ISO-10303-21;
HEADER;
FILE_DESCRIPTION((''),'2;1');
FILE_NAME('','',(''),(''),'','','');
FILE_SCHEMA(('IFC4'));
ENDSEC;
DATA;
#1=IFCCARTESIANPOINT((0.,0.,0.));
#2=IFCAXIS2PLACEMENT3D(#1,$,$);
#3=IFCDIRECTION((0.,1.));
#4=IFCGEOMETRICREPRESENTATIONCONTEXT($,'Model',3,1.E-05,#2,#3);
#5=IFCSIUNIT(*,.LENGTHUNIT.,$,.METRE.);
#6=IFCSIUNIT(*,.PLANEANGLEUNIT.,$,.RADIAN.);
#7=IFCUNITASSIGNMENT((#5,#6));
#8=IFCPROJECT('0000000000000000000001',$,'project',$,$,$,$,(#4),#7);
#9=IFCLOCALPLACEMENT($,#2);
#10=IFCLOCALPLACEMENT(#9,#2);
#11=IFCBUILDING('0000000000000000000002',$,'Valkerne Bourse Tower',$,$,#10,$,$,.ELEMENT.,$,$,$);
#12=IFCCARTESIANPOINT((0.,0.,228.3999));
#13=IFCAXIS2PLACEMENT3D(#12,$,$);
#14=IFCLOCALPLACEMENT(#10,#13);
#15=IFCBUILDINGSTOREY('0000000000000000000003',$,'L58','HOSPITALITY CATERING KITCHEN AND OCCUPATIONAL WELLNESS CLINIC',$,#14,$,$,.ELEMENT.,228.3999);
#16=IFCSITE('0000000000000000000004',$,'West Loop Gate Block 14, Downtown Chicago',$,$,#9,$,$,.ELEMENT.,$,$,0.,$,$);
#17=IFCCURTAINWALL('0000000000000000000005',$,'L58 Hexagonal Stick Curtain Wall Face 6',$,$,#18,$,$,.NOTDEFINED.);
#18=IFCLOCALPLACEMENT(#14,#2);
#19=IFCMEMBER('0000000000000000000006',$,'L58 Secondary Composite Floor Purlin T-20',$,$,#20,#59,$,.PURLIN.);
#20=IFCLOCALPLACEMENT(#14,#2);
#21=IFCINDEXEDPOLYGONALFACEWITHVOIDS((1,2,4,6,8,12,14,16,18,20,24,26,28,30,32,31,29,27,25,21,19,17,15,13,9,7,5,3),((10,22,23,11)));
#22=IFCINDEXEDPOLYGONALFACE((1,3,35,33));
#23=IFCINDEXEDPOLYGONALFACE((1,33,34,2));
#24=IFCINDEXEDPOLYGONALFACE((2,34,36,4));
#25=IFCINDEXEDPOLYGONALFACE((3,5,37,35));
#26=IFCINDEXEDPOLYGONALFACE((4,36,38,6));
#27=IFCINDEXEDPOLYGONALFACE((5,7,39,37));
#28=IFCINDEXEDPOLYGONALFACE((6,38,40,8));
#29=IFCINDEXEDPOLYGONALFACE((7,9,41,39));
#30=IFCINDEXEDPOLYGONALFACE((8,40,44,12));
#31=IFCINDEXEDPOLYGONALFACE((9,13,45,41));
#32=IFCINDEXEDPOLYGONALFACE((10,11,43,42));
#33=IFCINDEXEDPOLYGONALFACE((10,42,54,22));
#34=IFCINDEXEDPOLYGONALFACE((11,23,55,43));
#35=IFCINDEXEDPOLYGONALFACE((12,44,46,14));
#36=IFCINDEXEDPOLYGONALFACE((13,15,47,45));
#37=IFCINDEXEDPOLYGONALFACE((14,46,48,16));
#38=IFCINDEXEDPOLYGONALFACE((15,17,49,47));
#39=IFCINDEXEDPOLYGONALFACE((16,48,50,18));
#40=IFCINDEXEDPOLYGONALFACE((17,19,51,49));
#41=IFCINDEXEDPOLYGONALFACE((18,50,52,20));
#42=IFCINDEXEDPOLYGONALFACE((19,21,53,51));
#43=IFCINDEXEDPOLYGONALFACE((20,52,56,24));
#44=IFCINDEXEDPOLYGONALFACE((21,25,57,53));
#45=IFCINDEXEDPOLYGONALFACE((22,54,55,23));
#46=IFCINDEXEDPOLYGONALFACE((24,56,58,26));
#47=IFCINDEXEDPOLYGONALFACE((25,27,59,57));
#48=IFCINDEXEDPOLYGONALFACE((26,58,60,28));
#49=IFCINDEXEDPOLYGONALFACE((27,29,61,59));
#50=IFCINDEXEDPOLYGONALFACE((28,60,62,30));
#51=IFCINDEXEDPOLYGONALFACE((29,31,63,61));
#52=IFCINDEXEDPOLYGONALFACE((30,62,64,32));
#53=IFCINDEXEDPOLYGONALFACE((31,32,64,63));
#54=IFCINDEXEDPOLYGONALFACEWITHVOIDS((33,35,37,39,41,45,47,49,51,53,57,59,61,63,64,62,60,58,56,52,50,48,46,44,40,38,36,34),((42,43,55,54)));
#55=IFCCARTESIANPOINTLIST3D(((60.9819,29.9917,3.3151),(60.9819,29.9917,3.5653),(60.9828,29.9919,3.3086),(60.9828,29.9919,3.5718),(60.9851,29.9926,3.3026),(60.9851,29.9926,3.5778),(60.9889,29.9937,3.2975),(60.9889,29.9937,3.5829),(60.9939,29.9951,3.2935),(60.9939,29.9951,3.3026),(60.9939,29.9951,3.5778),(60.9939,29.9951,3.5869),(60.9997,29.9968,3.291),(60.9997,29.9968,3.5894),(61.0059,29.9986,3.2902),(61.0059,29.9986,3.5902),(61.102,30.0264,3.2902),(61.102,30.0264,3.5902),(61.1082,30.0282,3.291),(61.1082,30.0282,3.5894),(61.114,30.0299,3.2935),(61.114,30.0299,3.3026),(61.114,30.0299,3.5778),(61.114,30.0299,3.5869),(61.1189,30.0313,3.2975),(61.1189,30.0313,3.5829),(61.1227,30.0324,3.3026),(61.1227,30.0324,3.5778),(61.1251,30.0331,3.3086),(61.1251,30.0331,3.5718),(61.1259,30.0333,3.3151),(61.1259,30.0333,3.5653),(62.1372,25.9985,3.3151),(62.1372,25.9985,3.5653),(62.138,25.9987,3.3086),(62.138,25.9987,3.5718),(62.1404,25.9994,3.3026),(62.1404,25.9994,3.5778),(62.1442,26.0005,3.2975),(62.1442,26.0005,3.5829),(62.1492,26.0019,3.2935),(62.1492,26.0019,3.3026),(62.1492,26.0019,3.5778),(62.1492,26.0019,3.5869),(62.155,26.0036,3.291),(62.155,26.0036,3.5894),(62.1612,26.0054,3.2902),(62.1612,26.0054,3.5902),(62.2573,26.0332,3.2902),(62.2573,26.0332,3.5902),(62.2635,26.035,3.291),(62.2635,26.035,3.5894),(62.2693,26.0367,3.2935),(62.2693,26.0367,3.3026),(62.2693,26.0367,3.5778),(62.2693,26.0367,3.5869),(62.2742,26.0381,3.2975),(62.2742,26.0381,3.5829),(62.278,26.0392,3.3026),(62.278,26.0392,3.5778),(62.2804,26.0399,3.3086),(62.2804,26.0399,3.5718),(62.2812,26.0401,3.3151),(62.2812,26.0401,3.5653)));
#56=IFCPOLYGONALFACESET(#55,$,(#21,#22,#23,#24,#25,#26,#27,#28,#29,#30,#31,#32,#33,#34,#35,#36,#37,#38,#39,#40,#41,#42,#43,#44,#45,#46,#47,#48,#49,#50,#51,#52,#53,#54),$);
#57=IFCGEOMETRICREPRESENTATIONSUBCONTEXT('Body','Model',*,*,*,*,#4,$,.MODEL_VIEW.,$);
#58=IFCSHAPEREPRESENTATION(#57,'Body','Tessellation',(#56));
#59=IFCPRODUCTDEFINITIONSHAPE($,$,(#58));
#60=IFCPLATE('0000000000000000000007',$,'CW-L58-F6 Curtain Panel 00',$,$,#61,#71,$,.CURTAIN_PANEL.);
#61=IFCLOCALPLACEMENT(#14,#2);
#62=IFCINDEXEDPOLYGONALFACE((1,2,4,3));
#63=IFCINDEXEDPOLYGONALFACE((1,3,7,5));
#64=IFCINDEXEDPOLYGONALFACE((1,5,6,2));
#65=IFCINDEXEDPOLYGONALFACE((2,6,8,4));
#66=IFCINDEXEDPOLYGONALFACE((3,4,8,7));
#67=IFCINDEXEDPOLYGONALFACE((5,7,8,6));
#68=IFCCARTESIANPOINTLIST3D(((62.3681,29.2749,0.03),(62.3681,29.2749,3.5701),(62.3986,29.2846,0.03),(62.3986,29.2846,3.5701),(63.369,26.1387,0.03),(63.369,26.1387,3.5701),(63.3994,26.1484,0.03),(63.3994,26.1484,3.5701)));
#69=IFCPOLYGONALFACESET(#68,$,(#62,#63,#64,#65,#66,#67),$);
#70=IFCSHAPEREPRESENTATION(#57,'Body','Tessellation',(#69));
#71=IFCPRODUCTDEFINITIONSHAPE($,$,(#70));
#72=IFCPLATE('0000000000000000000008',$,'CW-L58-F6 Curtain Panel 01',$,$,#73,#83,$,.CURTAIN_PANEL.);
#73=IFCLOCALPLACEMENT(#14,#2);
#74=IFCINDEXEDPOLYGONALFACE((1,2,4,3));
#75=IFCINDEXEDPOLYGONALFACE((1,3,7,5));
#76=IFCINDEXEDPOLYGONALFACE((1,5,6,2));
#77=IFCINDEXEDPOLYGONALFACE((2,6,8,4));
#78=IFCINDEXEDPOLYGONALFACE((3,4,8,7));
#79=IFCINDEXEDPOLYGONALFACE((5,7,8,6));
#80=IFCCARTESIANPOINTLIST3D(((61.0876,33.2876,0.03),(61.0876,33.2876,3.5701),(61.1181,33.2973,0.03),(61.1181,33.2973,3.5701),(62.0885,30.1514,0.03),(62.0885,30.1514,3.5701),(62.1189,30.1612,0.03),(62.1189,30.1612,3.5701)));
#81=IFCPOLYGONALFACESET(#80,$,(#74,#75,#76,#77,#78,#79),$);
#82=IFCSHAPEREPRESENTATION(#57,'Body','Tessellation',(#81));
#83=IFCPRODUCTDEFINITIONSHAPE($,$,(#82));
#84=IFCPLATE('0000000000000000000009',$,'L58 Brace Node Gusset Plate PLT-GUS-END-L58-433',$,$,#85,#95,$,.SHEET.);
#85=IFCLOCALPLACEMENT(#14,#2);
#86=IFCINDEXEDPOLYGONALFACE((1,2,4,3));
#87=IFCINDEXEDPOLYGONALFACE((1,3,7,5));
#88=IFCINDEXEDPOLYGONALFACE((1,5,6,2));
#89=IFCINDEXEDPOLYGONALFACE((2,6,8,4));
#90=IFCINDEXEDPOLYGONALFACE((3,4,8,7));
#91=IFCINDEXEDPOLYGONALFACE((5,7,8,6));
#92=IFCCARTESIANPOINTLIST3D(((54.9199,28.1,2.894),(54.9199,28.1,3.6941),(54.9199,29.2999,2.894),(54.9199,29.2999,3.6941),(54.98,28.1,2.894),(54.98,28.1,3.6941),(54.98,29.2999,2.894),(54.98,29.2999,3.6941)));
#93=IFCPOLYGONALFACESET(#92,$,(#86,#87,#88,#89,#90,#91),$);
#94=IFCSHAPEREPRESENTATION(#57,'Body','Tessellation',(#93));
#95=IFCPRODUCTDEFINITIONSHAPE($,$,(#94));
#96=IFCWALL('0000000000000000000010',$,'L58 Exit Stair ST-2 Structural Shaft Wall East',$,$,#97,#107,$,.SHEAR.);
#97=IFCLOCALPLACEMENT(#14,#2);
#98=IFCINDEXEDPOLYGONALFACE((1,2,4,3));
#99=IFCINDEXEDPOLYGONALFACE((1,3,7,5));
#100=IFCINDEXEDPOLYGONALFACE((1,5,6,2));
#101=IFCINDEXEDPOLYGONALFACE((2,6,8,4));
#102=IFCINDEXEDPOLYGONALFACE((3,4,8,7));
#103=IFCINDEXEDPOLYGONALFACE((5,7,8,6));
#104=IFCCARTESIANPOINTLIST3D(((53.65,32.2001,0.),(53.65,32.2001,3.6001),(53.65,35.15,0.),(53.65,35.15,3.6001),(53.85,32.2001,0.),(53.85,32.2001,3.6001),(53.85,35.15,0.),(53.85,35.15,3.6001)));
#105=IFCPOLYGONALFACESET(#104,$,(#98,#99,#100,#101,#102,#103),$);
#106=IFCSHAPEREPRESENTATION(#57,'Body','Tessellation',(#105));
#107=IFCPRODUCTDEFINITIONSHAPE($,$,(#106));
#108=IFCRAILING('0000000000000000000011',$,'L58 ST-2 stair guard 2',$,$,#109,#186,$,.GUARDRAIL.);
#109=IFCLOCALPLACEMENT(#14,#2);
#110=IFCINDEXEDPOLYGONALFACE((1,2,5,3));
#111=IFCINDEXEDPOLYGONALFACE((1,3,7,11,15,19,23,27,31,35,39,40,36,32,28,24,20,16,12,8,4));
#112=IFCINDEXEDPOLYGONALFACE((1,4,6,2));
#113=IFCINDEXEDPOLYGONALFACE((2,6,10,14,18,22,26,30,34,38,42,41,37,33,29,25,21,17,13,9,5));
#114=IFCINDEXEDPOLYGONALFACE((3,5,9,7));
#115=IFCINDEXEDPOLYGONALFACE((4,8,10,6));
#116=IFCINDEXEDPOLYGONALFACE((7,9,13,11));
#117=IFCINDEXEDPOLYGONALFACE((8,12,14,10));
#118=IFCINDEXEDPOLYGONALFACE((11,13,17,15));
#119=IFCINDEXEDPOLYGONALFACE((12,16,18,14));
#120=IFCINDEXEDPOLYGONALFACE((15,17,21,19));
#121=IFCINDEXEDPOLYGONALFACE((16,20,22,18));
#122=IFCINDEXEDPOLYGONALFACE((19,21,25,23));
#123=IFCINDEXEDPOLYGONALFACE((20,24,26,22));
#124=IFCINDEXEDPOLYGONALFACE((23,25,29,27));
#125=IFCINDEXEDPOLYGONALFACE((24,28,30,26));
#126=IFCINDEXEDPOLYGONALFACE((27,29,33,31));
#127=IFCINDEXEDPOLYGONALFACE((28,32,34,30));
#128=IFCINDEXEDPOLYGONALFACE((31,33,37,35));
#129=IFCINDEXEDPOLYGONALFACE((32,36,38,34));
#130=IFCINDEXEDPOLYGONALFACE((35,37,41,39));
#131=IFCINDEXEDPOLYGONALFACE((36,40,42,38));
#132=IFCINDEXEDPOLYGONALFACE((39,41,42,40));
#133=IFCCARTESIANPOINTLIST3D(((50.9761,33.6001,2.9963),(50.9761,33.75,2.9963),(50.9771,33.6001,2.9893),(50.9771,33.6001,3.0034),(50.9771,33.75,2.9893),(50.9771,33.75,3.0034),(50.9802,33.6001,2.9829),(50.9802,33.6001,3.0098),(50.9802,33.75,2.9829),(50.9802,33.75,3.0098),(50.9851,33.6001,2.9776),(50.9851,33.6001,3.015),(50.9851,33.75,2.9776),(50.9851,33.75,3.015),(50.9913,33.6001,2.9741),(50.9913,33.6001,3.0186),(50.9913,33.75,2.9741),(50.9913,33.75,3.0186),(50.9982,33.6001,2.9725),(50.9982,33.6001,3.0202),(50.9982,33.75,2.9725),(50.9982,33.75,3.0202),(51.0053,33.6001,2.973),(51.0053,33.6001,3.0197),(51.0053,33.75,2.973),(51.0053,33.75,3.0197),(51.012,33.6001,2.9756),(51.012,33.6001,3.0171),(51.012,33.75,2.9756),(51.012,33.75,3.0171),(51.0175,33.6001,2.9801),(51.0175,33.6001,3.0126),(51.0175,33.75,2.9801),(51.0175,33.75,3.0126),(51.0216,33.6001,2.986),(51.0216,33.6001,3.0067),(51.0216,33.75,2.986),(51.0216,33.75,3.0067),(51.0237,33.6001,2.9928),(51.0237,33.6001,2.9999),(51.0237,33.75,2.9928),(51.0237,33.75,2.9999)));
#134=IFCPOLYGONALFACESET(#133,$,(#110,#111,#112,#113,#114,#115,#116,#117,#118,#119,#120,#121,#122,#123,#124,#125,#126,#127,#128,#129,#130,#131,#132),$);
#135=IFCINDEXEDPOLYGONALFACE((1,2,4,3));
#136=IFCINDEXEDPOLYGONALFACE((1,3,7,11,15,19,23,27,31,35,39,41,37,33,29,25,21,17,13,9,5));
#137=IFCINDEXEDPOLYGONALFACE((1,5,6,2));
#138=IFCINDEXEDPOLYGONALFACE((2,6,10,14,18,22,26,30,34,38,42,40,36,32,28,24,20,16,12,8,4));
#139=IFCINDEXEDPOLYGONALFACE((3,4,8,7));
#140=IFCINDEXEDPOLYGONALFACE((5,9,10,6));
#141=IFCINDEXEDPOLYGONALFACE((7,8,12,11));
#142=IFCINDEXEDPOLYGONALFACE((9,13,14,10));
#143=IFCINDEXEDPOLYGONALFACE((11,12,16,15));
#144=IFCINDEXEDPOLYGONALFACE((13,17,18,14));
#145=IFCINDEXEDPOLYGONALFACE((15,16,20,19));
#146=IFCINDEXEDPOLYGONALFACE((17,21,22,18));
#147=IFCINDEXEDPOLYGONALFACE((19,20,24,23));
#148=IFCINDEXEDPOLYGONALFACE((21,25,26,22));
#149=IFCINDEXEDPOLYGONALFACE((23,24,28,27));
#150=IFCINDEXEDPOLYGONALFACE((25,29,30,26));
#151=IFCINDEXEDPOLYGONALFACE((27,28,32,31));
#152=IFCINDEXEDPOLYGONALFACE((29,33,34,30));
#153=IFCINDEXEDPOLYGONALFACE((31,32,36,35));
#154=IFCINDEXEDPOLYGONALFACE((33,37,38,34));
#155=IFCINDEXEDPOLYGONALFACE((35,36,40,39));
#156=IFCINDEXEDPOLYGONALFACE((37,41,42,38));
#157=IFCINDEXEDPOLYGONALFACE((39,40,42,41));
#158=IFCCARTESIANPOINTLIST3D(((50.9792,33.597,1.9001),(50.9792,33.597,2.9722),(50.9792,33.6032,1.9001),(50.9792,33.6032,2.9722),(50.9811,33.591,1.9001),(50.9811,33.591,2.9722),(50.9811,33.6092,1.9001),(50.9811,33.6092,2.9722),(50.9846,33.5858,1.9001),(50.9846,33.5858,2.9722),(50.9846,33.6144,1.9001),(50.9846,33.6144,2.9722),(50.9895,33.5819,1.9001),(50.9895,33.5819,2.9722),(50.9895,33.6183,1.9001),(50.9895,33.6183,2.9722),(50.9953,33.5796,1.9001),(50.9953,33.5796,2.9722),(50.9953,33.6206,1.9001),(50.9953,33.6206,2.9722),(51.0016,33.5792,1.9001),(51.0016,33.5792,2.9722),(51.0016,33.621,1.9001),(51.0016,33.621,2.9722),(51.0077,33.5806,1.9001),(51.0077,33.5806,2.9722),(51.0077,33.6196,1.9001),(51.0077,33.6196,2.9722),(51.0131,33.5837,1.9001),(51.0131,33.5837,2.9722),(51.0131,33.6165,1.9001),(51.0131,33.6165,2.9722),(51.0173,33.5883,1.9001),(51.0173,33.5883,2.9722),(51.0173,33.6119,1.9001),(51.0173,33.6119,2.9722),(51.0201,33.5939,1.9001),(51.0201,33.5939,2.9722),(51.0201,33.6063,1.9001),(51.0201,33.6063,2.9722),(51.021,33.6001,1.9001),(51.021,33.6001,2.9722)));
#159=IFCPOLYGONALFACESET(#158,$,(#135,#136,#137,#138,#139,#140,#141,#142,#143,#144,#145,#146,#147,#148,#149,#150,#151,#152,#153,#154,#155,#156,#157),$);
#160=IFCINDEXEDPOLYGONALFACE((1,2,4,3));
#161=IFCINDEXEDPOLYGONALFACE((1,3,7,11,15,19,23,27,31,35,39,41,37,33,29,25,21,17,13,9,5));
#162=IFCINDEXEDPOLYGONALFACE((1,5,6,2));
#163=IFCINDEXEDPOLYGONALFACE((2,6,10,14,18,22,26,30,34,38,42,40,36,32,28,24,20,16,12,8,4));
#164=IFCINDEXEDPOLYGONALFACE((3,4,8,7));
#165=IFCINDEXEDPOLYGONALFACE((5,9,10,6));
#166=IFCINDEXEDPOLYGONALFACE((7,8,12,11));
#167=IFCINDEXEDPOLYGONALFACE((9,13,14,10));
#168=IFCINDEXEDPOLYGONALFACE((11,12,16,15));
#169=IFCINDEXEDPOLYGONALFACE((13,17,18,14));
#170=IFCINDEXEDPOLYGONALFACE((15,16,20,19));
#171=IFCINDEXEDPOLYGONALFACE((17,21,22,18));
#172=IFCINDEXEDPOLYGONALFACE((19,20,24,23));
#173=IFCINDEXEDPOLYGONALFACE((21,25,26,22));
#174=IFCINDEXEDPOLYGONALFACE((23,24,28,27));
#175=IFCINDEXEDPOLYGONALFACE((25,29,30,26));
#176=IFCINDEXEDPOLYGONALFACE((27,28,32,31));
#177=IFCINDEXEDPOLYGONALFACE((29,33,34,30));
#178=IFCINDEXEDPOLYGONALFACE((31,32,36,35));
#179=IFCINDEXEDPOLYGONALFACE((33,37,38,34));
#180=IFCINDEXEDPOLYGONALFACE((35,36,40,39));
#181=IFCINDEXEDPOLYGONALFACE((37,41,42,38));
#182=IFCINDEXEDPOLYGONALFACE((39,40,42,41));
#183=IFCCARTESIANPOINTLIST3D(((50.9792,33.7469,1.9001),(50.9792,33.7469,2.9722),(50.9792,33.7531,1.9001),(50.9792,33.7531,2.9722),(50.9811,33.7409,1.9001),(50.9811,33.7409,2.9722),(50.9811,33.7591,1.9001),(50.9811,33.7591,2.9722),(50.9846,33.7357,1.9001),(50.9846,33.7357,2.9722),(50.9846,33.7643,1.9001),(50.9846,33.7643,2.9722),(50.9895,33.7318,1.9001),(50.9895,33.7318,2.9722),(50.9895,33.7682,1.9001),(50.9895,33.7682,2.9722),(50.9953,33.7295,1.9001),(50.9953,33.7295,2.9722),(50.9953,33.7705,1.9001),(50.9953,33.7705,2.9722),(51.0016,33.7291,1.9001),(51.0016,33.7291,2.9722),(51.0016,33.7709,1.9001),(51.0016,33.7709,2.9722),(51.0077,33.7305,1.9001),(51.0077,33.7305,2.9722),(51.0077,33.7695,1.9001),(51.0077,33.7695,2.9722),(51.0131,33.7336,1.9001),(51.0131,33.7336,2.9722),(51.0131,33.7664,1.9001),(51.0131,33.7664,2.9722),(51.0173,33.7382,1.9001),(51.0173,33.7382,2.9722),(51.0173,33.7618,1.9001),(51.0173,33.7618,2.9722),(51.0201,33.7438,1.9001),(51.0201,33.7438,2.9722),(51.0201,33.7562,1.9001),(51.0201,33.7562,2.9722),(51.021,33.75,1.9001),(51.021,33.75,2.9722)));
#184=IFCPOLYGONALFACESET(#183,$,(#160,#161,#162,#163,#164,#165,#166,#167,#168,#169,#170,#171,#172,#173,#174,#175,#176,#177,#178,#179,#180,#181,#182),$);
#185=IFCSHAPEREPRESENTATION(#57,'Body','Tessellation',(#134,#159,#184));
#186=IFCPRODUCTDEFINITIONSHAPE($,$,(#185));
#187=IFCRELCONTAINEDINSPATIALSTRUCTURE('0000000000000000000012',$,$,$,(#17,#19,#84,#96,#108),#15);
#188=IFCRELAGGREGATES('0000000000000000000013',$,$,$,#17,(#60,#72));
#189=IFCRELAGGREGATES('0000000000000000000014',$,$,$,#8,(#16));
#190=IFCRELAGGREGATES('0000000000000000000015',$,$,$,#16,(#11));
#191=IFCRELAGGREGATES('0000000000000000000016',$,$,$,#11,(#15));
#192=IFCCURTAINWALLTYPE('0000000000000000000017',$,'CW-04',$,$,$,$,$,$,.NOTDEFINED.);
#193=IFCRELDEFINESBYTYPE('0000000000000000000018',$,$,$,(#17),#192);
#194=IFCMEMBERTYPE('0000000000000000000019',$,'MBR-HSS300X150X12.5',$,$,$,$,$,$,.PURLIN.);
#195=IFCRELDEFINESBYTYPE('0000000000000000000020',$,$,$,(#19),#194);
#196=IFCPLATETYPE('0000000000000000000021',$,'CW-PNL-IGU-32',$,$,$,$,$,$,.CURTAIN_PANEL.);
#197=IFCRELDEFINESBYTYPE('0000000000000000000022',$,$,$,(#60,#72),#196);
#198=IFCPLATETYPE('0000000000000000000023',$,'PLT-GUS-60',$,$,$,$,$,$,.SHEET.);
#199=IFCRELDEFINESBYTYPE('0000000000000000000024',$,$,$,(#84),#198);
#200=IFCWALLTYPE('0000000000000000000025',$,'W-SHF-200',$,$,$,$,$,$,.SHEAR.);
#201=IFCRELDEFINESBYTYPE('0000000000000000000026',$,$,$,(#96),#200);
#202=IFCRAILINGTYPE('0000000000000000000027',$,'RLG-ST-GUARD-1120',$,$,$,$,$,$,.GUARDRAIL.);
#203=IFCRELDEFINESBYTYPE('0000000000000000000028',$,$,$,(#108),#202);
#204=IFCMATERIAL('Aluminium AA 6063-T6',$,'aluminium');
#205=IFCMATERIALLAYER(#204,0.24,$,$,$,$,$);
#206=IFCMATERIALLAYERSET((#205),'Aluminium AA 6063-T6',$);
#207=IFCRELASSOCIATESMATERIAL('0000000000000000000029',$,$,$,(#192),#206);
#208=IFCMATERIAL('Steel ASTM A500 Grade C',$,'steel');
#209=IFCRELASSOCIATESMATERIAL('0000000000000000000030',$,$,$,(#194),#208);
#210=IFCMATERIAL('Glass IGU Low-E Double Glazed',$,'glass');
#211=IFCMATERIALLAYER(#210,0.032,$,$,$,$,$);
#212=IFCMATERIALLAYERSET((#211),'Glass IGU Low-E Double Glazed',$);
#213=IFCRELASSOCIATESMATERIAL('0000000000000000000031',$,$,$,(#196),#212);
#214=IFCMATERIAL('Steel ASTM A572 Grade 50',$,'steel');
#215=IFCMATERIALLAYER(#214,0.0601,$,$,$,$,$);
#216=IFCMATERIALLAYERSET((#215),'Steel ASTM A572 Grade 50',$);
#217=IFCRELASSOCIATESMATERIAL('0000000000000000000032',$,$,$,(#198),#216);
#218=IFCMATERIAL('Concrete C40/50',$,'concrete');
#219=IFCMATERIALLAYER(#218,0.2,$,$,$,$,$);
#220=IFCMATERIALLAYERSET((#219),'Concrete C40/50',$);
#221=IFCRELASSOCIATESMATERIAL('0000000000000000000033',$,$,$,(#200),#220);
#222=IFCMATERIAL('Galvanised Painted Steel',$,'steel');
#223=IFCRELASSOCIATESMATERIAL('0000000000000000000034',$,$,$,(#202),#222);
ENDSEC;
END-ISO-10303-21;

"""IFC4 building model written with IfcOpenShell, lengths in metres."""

from ifc_helpers import new_model, si_unit, direction, frame, frame_2d, origin, origin_2d, place, context, subcontext, project, spatial, rectangle, hollow_rectangle, circle, extrude, material, layer, layer_set, material_profile, profile_set, type_object, element, aggregate, save


model = new_model("IFC4")

# Units and contexts
model_context = context("Model", 3, precision=1e-05, world=origin(), true_north=direction((0.0, 1.0)))
body_context = subcontext(model_context, "Body", "Model", "MODEL_VIEW")
ifc_project = project(units=[si_unit("LENGTHUNIT", "METRE"), si_unit("PLANEANGLEUNIT", "RADIAN")], contexts=[model_context])

# Site, building, storey
site_placement = place(None, origin())
site = spatial("IfcSite", under=ifc_project, at=site_placement, Name="West Loop Gate Block 14, Downtown Chicago", CompositionType="ELEMENT", RefElevation=0.0)
building_placement = place(site_placement, origin())
building = spatial("IfcBuilding", under=site, at=building_placement, Name="Valkerne Bourse Tower", CompositionType="ELEMENT")
storey_placement = place(building_placement, frame((0.0, 0.0, 228.3999)))
storey = spatial("IfcBuildingStorey", under=building, at=storey_placement, Name="L58", Description="HOSPITALITY CATERING KITCHEN AND OCCUPATIONAL WELLNESS CLINIC", CompositionType="ELEMENT", Elevation=228.3999)

# Curtain wall
ifc_material_1 = material(Name="Aluminium AA 6063-T6", Category="aluminium")
ifc_layer_1 = layer(ifc_material_1, 0.24)
ifc_layer_set_1 = layer_set([ifc_layer_1], Name="Aluminium AA 6063-T6")
curtain_wall_type = type_object("IfcCurtainWallType", Name="CW-04", PredefinedType="NOTDEFINED", material=ifc_layer_set_1)
curtain_wall_placement = place(storey_placement, origin())
curtain_wall = element("IfcCurtainWall", 1, at=curtain_wall_placement, inside=storey, type_object=curtain_wall_type, Name="L58 Hexagonal Stick Curtain Wall Face 6", PredefinedType="NOTDEFINED")

# Member
ifc_material_2 = material(Name="Steel ASTM A500 Grade C", Category="steel")
ifc_material_profile_1 = material_profile(ifc_material_2, hollow_rectangle(XDim=0.1499, YDim=0.3, WallThickness=0.0125, OuterFilletRadius=0.0249, at=origin_2d()), Name="HSS300X150X12.5")
ifc_profile_set_1 = profile_set([ifc_material_profile_1], Name="Steel ASTM A500 Grade C")
member_type_1 = type_object("IfcMemberType", Name="MBR-HSS300X150X12.5", PredefinedType="PURLIN", material=ifc_profile_set_1)
member_1_placement = place(storey_placement, frame((62.2092, 26.0193, 3.4402), z_axis=(-0.277915, 0.960606, 0.0), x_axis=(-0.960606, -0.277915, 0.0)))
element("IfcMember", 2, at=member_1_placement, inside=storey, type_object=member_type_1, Name="L58 Secondary Composite Floor Purlin T-20", PredefinedType="PURLIN", context=body_context, shape_type="SweptSolid", body=[
    extrude(hollow_rectangle(XDim=0.1499, YDim=0.3, WallThickness=0.0125, OuterFilletRadius=0.0249, at=origin_2d()), origin(), (0.0, 0.0, 1.0), 4.157),
])

# Plates
ifc_material_3 = material(Name="Glass IGU Low-E Double Glazed", Category="glass")
ifc_layer_2 = layer(ifc_material_3, 0.032)
ifc_layer_set_2 = layer_set([ifc_layer_2], Name="Glass IGU Low-E Double Glazed")
plate_type_1 = type_object("IfcPlateType", Name="CW-PNL-IGU-32", PredefinedType="CURTAIN_PANEL", material=ifc_layer_set_2)
plate_1_placement = place(storey_placement, frame((62.8838, 27.7117, 0.03), z_axis=(0.0, 0.0, 1.0), x_axis=(-0.304015, 0.952667, 0.0)))
plate_1 = element("IfcPlate", 3, at=plate_1_placement, type_object=plate_type_1, Name="CW-L58-F6 Curtain Panel 00", PredefinedType="CURTAIN_PANEL", context=body_context, shape_type="SweptSolid", body=[
    extrude(rectangle(XDim=3.292, YDim=0.032, at=origin_2d()), origin(), (0.0, 0.0, 1.0), 3.54),
])
plate_2_placement = place(storey_placement, frame((61.6033, 31.7244, 0.03), z_axis=(0.0, 0.0, 1.0), x_axis=(-0.304037, 0.95266, 0.0)))
plate_2 = element("IfcPlate", 4, at=plate_2_placement, type_object=plate_type_1, Name="CW-L58-F6 Curtain Panel 01", PredefinedType="CURTAIN_PANEL", context=body_context, shape_type="SweptSolid", body=[
    extrude(rectangle(XDim=3.292, YDim=0.032, at=origin_2d()), origin(), (0.0, 0.0, 1.0), 3.54),
])
aggregate(curtain_wall, [plate_1, plate_2])
ifc_material_4 = material(Name="Steel ASTM A572 Grade 50", Category="steel")
ifc_layer_3 = layer(ifc_material_4, 0.0601)
ifc_layer_set_3 = layer_set([ifc_layer_3], Name="Steel ASTM A572 Grade 50")
plate_type_2 = type_object("IfcPlateType", Name="PLT-GUS-60", PredefinedType="SHEET", material=ifc_layer_set_3)
plate_3_placement = place(storey_placement, frame((54.95, 28.7, 2.894), z_axis=(0.0, 0.0, 1.0), x_axis=(0.0, 1.0, 0.0)))
element("IfcPlate", 5, at=plate_3_placement, inside=storey, type_object=plate_type_2, Name="L58 Brace Node Gusset Plate PLT-GUS-END-L58-433", PredefinedType="SHEET", context=body_context, shape_type="SweptSolid", body=[
    extrude(rectangle(XDim=1.2, YDim=0.0601, at=origin_2d()), origin(), (0.0, 0.0, 1.0), 0.8),
])

# Wall
ifc_material_5 = material(Name="Concrete C40/50", Category="concrete")
ifc_layer_4 = layer(ifc_material_5, 0.2)
ifc_layer_set_4 = layer_set([ifc_layer_4], Name="Concrete C40/50")
wall_type = type_object("IfcWallType", Name="W-SHF-200", PredefinedType="SHEAR", material=ifc_layer_set_4)
wall_placement = place(storey_placement, frame((53.75, 32.2, 0.0), z_axis=(0.0, 0.0, 1.0), x_axis=(0.0, 1.0, 0.0)))
element("IfcWall", 6, at=wall_placement, inside=storey, type_object=wall_type, Name="L58 Exit Stair ST-2 Structural Shaft Wall East", PredefinedType="SHEAR", context=body_context, shape_type="SweptSolid", body=[
    extrude(rectangle(XDim=2.95, YDim=0.2, at=frame_2d((1.4751, 0.0))), origin(), (0.0, 0.0, 1.0), 3.6001),
])

# Railing
ifc_material_6 = material(Name="Galvanised Painted Steel", Category="steel")
railing_type = type_object("IfcRailingType", Name="RLG-ST-GUARD-1120", PredefinedType="GUARDRAIL", material=ifc_material_6)
railing_1_placement = place(storey_placement, frame((51.0, 33.6001, 1.9001)))
element("IfcRailing", 7, at=railing_1_placement, inside=storey, type_object=railing_type, Name="L58 ST-2 stair guard 2", PredefinedType="GUARDRAIL", context=body_context, shape_type="SweptSolid", body=[
    extrude(circle(Radius=0.0239, at=origin_2d()), frame((0.0, 0.0, 1.0962), z_axis=(0.0, 1.0, 0.0), x_axis=(-1.0, 0.0, 0.0)), (0.0, 0.0, 1.0), 0.1499),
    extrude(circle(Radius=0.021, at=origin_2d()), origin(), (0.0, 0.0, 1.0), 1.072),
    extrude(circle(Radius=0.021, at=origin_2d()), frame((0.0, 0.1499, 0.0)), (0.0, 0.0, 1.0), 1.072),
])

save(model, "model.ifc")
